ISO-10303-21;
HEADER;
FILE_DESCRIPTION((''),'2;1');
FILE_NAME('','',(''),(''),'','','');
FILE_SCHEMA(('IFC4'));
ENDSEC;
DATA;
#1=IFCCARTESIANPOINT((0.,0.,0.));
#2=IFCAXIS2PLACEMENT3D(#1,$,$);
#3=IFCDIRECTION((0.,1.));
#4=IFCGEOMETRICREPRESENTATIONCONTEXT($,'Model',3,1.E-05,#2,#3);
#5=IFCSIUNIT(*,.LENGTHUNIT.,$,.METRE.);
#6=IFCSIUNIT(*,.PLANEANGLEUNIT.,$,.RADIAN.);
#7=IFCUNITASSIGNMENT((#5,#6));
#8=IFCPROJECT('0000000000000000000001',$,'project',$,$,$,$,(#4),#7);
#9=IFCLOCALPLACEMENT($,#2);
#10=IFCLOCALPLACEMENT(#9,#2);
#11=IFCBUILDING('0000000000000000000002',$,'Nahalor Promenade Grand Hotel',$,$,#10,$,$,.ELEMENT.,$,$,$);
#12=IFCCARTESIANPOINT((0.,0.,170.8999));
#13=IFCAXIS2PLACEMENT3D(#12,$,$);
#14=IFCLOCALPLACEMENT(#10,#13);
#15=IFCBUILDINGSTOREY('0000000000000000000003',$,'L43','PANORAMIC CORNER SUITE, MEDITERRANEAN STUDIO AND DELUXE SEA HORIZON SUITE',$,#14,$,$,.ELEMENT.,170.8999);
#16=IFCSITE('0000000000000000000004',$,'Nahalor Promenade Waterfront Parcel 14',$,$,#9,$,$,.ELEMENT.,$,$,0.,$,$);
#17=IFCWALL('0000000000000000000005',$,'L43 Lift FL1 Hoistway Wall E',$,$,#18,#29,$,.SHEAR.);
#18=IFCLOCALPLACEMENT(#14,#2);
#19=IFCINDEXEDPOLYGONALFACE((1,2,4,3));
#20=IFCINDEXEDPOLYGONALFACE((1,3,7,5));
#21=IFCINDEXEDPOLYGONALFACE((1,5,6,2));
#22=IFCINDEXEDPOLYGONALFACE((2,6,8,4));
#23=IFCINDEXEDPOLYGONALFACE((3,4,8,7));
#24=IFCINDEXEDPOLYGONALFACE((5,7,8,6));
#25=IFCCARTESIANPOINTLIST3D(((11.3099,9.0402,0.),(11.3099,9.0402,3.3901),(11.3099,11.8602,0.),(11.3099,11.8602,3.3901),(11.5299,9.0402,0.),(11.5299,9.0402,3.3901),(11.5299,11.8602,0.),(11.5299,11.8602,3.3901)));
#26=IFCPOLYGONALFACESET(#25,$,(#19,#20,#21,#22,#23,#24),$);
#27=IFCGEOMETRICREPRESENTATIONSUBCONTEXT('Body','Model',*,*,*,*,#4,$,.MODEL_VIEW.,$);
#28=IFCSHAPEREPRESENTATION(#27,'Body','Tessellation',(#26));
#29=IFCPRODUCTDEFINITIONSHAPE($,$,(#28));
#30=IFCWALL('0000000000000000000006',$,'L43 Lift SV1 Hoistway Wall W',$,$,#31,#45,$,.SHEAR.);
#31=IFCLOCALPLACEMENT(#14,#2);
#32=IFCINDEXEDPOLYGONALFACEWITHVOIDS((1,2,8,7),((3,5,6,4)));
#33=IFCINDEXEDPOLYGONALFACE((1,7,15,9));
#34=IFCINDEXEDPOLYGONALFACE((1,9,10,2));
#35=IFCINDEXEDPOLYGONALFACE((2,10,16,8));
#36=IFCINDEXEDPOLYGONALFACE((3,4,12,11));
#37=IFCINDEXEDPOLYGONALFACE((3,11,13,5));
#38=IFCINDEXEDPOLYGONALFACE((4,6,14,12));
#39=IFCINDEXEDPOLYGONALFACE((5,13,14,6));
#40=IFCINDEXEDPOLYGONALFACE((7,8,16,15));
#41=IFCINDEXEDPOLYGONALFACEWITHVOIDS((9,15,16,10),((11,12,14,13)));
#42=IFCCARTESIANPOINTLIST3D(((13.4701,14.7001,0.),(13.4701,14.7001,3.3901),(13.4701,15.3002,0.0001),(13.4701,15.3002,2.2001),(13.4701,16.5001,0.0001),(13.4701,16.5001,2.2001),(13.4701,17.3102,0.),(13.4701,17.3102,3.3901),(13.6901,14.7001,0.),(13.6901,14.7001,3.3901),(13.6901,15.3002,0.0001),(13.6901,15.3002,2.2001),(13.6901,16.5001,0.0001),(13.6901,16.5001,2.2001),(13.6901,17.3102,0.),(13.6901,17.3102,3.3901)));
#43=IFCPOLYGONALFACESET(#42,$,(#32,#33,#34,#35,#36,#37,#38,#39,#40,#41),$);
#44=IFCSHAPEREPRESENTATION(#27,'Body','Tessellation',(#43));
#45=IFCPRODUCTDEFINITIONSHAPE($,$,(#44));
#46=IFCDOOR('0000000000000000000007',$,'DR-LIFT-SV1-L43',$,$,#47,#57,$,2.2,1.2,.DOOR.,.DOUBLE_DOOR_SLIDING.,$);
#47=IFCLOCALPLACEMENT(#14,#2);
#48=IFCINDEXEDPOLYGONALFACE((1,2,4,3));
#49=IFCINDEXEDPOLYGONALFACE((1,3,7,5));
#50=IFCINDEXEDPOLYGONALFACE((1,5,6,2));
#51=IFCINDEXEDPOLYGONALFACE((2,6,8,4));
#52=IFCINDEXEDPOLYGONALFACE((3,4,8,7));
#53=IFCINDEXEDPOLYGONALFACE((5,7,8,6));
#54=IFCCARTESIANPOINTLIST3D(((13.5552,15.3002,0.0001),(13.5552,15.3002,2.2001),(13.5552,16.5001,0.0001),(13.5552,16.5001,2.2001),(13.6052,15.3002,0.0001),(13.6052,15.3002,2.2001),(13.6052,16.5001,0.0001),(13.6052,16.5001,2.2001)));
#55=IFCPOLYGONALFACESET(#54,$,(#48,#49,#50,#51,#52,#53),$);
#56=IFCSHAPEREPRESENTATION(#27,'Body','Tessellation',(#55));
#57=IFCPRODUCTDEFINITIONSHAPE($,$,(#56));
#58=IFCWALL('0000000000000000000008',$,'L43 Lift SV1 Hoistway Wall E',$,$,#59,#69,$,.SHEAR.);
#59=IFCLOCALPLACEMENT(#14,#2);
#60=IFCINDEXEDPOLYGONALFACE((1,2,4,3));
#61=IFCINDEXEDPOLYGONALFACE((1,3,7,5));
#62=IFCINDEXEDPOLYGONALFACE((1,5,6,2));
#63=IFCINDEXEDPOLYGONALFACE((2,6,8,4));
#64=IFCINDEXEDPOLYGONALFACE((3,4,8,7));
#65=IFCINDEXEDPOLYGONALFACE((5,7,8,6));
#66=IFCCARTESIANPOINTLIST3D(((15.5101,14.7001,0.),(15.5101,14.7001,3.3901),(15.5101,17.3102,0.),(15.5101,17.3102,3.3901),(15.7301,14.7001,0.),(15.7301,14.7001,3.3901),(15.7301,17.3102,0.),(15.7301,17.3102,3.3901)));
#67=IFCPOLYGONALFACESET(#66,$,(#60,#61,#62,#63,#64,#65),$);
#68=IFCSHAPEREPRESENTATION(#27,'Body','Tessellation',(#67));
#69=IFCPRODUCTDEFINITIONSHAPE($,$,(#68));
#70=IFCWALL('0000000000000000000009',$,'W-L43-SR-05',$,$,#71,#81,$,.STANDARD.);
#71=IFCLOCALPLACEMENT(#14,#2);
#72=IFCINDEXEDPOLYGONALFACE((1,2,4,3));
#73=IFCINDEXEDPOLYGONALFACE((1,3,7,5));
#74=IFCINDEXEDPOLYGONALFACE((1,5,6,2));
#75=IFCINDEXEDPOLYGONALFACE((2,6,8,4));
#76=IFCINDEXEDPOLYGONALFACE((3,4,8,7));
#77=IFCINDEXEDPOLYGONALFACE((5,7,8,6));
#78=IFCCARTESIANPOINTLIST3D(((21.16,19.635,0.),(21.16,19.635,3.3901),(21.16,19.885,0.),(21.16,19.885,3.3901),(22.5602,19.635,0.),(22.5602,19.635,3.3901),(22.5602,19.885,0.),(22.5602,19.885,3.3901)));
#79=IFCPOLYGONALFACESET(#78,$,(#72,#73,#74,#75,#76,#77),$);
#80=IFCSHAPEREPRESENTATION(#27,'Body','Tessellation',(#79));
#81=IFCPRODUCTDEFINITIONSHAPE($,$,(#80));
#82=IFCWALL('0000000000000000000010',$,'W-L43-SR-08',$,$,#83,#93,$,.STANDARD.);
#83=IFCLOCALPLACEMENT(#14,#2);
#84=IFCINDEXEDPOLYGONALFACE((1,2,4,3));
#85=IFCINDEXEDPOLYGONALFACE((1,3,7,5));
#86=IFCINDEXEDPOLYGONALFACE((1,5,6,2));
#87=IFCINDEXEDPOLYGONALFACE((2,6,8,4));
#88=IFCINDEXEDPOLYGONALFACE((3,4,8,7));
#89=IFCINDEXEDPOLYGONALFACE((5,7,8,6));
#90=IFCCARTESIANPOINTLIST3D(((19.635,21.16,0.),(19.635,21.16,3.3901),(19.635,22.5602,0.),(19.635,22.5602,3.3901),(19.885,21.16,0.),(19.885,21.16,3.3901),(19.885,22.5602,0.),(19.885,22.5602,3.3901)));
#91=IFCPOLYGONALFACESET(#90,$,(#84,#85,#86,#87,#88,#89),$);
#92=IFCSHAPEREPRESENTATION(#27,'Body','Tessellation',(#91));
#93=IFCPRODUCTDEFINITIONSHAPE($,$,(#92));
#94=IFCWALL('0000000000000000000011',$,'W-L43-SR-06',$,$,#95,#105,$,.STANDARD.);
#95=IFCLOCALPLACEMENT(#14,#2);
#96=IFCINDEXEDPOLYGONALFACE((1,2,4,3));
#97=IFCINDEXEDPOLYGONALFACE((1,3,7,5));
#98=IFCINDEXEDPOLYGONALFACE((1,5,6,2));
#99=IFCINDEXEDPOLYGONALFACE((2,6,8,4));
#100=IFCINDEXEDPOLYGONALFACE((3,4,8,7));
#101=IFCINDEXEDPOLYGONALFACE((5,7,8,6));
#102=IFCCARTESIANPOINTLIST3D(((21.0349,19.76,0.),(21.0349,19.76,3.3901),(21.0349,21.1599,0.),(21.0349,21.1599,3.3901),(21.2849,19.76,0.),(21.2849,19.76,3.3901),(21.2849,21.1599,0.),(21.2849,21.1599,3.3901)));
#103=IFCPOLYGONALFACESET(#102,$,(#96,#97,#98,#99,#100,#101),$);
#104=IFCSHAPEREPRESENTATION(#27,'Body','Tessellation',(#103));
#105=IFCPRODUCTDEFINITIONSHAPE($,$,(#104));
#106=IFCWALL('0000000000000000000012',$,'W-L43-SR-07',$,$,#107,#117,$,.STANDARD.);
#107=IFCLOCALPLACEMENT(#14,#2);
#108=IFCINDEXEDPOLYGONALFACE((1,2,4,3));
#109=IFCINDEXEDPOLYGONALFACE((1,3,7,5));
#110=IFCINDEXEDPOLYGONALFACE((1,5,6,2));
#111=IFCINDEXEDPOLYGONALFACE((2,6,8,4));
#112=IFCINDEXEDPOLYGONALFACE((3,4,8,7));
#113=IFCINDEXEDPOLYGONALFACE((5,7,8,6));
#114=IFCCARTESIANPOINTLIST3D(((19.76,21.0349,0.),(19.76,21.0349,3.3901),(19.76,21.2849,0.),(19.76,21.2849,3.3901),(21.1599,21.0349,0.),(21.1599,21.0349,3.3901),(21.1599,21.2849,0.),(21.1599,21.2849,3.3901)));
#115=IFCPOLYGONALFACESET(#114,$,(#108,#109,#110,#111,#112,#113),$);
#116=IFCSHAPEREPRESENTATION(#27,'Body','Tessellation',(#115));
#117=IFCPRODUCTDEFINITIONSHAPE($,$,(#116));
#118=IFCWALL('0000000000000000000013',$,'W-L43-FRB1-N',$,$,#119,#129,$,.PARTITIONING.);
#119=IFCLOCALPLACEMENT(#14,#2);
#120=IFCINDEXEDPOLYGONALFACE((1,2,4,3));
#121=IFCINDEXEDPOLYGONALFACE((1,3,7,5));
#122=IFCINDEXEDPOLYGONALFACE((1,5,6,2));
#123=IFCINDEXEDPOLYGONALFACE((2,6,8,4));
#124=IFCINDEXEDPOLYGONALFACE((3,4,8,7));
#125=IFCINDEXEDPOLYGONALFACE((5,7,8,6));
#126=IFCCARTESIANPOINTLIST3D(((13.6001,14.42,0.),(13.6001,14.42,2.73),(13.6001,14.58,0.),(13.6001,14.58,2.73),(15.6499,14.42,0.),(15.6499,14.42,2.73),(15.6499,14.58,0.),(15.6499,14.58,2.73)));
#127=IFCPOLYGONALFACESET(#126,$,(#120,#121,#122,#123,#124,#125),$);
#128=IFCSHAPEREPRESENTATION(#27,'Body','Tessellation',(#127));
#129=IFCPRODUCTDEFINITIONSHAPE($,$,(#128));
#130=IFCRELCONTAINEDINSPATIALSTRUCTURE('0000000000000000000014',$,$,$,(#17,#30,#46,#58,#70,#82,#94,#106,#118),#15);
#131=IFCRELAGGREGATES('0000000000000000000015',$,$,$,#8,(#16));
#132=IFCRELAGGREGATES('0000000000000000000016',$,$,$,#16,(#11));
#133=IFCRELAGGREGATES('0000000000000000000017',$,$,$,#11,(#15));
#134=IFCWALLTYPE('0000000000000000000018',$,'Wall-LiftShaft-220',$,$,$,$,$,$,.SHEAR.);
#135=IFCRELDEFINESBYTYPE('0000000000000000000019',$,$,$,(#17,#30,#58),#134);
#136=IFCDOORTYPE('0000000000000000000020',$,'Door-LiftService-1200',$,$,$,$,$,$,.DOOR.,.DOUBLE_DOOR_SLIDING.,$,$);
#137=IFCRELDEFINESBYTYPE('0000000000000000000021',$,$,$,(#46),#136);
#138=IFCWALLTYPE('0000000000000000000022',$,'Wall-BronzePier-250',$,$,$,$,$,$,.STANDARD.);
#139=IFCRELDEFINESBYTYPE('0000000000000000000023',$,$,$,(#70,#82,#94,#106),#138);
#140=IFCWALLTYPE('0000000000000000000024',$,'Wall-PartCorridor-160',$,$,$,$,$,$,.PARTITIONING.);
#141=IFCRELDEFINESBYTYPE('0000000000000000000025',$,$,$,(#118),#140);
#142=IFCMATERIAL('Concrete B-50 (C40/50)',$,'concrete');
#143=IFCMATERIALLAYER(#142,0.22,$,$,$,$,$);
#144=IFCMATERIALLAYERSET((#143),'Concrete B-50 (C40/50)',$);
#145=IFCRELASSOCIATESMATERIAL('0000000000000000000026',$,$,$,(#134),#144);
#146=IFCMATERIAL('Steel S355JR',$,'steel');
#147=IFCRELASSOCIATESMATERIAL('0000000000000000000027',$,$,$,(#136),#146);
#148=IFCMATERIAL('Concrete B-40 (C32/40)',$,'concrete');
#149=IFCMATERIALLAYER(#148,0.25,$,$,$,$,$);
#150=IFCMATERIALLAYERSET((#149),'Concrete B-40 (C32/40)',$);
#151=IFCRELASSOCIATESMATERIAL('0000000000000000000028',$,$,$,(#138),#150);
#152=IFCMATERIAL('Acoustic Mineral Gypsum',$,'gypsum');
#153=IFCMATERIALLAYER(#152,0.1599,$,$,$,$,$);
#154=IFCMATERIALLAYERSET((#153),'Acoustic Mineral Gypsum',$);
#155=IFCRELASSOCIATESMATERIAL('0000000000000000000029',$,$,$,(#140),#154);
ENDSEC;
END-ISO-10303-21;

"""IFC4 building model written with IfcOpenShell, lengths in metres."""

from ifc_helpers import new_model, si_unit, direction, frame, frame_2d, origin, place, context, subcontext, project, spatial, rectangle, extrude, source, transform, mapped, material, layer, layer_set, type_object, element, fill, save


model = new_model("IFC4")

# Units and contexts
model_context = context("Model", 3, precision=1e-05, world=origin(), true_north=direction((0.0, 1.0)))
body_context = subcontext(model_context, "Body", "Model", "MODEL_VIEW")
ifc_project = project(units=[si_unit("LENGTHUNIT", "METRE"), si_unit("PLANEANGLEUNIT", "RADIAN")], contexts=[model_context])

# Site, building, storey
site_placement = place(None, origin())
site = spatial("IfcSite", under=ifc_project, at=site_placement, Name="Nahalor Promenade Waterfront Parcel 14", CompositionType="ELEMENT", RefElevation=0.0)
building_placement = place(site_placement, origin())
building = spatial("IfcBuilding", under=site, at=building_placement, Name="Nahalor Promenade Grand Hotel", CompositionType="ELEMENT")
storey_placement = place(building_placement, frame((0.0, 0.0, 170.8999)))
storey = spatial("IfcBuildingStorey", under=building, at=storey_placement, Name="L43", Description="PANORAMIC CORNER SUITE, MEDITERRANEAN STUDIO AND DELUXE SEA HORIZON SUITE", CompositionType="ELEMENT", Elevation=170.8999)

# Shared definitions
ifc_material_1 = material(Name="Steel S355JR", Category="steel")

# Wall
ifc_material_2 = material(Name="Concrete B-50 (C40/50)", Category="concrete")
ifc_layer_1 = layer(ifc_material_2, 0.22)
ifc_layer_set_1 = layer_set([ifc_layer_1], Name="Concrete B-50 (C40/50)")
wall_type_1 = type_object("IfcWallType", Name="Wall-LiftShaft-220", PredefinedType="SHEAR", material=ifc_layer_set_1)
shared_shape_1 = source(origin(), body_context, "Body", "SweptSolid", [
    extrude(rectangle(XDim=2.8201, YDim=0.22, at=frame_2d((1.4102, 0.0))), origin(), (0.0, 0.0, 1.0), 3.3901),
])
wall_1_placement = place(storey_placement, frame((11.4199, 9.04, 0.0), z_axis=(0.0, 0.0, 1.0), x_axis=(0.0, 1.0, 0.0)))
element("IfcWall", 1, at=wall_1_placement, inside=storey, type_object=wall_type_1, Name="L43 Lift FL1 Hoistway Wall E", PredefinedType="SHEAR", context=body_context, shape_type="MappedRepresentation", body=[
    mapped(shared_shape_1, transform((0.0, 0.0, 0.0), scale=1.0)),
])

# Wall, opening, door
shared_shape_2 = source(origin(), body_context, "Body", "SweptSolid", [
    extrude(rectangle(XDim=2.6101, YDim=0.22, at=frame_2d((1.3052, 0.0))), origin(), (0.0, 0.0, 1.0), 3.3901),
])
wall_2_placement = place(storey_placement, frame((13.5801, 14.7, 0.0), z_axis=(0.0, 0.0, 1.0), x_axis=(0.0, 1.0, 0.0)))
wall_2 = element("IfcWall", 2, at=wall_2_placement, inside=storey, type_object=wall_type_1, Name="L43 Lift SV1 Hoistway Wall W", PredefinedType="SHEAR", context=body_context, shape_type="MappedRepresentation", body=[
    mapped(shared_shape_2, transform((0.0, 0.0, 0.0), scale=1.0)),
])
opening_placement = place(wall_2_placement, frame((0.6001, 0.0, 0.0)))
opening = element("IfcOpeningElement", 3, at=opening_placement, cuts=wall_2, PredefinedType="OPENING", context=body_context, shape_type="SweptSolid", body=[
    extrude(rectangle(XDim=1.2, YDim=2.2, at=frame_2d((0.6001, 1.1001))), frame((0.0, 0.1199, 0.0), z_axis=(0.0, -1.0, 0.0), x_axis=(1.0, 0.0, 0.0)), (0.0, 0.0, 1.0), 0.24),
])
door_type = type_object("IfcDoorType", Name="Door-LiftService-1200", OperationType="DOUBLE_DOOR_SLIDING", PredefinedType="DOOR", material=ifc_material_1)
shared_shape_3 = source(origin(), body_context, "Body", "SweptSolid", [
    extrude(rectangle(XDim=1.2, YDim=2.2, at=frame_2d((0.6001, 1.1001))), frame((0.0, 0.0249, 0.0), z_axis=(0.0, -1.0, 0.0), x_axis=(1.0, 0.0, 0.0)), (0.0, 0.0, 1.0), 0.05),
])
door_placement = place(opening_placement, origin())
door = element("IfcDoor", 4, at=door_placement, inside=storey, type_object=door_type, Name="DR-LIFT-SV1-L43", OperationType="DOUBLE_DOOR_SLIDING", OverallHeight=2.2, OverallWidth=1.2, PredefinedType="DOOR", context=body_context, shape_type="MappedRepresentation", body=[
    mapped(shared_shape_3, transform((0.0, 0.0, 0.0), scale=1.0)),
])
fill(opening, door)

# Walls
wall_3_placement = place(storey_placement, frame((15.6201, 14.7, 0.0), z_axis=(0.0, 0.0, 1.0), x_axis=(0.0, 1.0, 0.0)))
element("IfcWall", 5, at=wall_3_placement, inside=storey, type_object=wall_type_1, Name="L43 Lift SV1 Hoistway Wall E", PredefinedType="SHEAR", context=body_context, shape_type="MappedRepresentation", body=[
    mapped(shared_shape_2, transform((0.0, 0.0, 0.0), scale=1.0)),
])
ifc_material_3 = material(Name="Concrete B-40 (C32/40)", Category="concrete")
ifc_layer_2 = layer(ifc_material_3, 0.25)
ifc_layer_set_2 = layer_set([ifc_layer_2], Name="Concrete B-40 (C32/40)")
wall_type_2 = type_object("IfcWallType", Name="Wall-BronzePier-250", PredefinedType="STANDARD", material=ifc_layer_set_2)
shared_shape_4 = source(origin(), body_context, "Body", "SweptSolid", [
    extrude(rectangle(XDim=1.4001, YDim=0.25, at=frame_2d((0.7002, 0.0))), origin(), (0.0, 0.0, 1.0), 3.3901),
])
for number, where, z_axis, x_axis, name in (
    (6, (21.1599, 19.76, 0.0), (0.0, 0.0, 1.0), (1.0, 0.0, 0.0), "W-L43-SR-05"),
    (7, (19.76, 21.1599, 0.0), (0.0, 0.0, 1.0), (0.0, 1.0, 0.0), "W-L43-SR-08"),
):
    element("IfcWall", number, at=place(storey_placement, frame(where, z_axis=z_axis, x_axis=x_axis)), inside=storey, type_object=wall_type_2, Name=name, PredefinedType="STANDARD", context=body_context, shape_type="MappedRepresentation", body=[
        mapped(shared_shape_4, transform((0.0, 0.0, 0.0), scale=1.0)),
    ])
shared_shape_5 = source(origin(), body_context, "Body", "SweptSolid", [
    extrude(rectangle(XDim=1.3999, YDim=0.25, at=frame_2d((0.7, 0.0))), origin(), (0.0, 0.0, 1.0), 3.3901),
])
for number, where, z_axis, x_axis, name in (
    (8, (21.1599, 19.76, 0.0), (0.0, 0.0, 1.0), (0.0, 1.0, 0.0), "W-L43-SR-06"),
    (9, (19.76, 21.1599, 0.0), (0.0, 0.0, 1.0), (1.0, 0.0, 0.0), "W-L43-SR-07"),
):
    element("IfcWall", number, at=place(storey_placement, frame(where, z_axis=z_axis, x_axis=x_axis)), inside=storey, type_object=wall_type_2, Name=name, PredefinedType="STANDARD", context=body_context, shape_type="MappedRepresentation", body=[
        mapped(shared_shape_5, transform((0.0, 0.0, 0.0), scale=1.0)),
    ])
ifc_material_4 = material(Name="Acoustic Mineral Gypsum", Category="gypsum")
ifc_layer_3 = layer(ifc_material_4, 0.1599)
ifc_layer_set_3 = layer_set([ifc_layer_3], Name="Acoustic Mineral Gypsum")
wall_type_3 = type_object("IfcWallType", Name="Wall-PartCorridor-160", PredefinedType="PARTITIONING", material=ifc_layer_set_3)
shared_shape_6 = source(origin(), body_context, "Body", "SweptSolid", [
    extrude(rectangle(XDim=2.0498, YDim=0.1599, at=frame_2d((1.0249, 0.0))), origin(), (0.0, 0.0, 1.0), 2.73),
])
wall_4_placement = place(storey_placement, frame((13.6001, 14.5, 0.0), z_axis=(0.0, 0.0, 1.0), x_axis=(1.0, 0.0, 0.0)))
element("IfcWall", 10, at=wall_4_placement, inside=storey, type_object=wall_type_3, Name="W-L43-FRB1-N", PredefinedType="PARTITIONING", context=body_context, shape_type="MappedRepresentation", body=[
    mapped(shared_shape_6, transform((0.0, 0.0, 0.0), scale=1.0)),
])

save(model, "model.ifc")
